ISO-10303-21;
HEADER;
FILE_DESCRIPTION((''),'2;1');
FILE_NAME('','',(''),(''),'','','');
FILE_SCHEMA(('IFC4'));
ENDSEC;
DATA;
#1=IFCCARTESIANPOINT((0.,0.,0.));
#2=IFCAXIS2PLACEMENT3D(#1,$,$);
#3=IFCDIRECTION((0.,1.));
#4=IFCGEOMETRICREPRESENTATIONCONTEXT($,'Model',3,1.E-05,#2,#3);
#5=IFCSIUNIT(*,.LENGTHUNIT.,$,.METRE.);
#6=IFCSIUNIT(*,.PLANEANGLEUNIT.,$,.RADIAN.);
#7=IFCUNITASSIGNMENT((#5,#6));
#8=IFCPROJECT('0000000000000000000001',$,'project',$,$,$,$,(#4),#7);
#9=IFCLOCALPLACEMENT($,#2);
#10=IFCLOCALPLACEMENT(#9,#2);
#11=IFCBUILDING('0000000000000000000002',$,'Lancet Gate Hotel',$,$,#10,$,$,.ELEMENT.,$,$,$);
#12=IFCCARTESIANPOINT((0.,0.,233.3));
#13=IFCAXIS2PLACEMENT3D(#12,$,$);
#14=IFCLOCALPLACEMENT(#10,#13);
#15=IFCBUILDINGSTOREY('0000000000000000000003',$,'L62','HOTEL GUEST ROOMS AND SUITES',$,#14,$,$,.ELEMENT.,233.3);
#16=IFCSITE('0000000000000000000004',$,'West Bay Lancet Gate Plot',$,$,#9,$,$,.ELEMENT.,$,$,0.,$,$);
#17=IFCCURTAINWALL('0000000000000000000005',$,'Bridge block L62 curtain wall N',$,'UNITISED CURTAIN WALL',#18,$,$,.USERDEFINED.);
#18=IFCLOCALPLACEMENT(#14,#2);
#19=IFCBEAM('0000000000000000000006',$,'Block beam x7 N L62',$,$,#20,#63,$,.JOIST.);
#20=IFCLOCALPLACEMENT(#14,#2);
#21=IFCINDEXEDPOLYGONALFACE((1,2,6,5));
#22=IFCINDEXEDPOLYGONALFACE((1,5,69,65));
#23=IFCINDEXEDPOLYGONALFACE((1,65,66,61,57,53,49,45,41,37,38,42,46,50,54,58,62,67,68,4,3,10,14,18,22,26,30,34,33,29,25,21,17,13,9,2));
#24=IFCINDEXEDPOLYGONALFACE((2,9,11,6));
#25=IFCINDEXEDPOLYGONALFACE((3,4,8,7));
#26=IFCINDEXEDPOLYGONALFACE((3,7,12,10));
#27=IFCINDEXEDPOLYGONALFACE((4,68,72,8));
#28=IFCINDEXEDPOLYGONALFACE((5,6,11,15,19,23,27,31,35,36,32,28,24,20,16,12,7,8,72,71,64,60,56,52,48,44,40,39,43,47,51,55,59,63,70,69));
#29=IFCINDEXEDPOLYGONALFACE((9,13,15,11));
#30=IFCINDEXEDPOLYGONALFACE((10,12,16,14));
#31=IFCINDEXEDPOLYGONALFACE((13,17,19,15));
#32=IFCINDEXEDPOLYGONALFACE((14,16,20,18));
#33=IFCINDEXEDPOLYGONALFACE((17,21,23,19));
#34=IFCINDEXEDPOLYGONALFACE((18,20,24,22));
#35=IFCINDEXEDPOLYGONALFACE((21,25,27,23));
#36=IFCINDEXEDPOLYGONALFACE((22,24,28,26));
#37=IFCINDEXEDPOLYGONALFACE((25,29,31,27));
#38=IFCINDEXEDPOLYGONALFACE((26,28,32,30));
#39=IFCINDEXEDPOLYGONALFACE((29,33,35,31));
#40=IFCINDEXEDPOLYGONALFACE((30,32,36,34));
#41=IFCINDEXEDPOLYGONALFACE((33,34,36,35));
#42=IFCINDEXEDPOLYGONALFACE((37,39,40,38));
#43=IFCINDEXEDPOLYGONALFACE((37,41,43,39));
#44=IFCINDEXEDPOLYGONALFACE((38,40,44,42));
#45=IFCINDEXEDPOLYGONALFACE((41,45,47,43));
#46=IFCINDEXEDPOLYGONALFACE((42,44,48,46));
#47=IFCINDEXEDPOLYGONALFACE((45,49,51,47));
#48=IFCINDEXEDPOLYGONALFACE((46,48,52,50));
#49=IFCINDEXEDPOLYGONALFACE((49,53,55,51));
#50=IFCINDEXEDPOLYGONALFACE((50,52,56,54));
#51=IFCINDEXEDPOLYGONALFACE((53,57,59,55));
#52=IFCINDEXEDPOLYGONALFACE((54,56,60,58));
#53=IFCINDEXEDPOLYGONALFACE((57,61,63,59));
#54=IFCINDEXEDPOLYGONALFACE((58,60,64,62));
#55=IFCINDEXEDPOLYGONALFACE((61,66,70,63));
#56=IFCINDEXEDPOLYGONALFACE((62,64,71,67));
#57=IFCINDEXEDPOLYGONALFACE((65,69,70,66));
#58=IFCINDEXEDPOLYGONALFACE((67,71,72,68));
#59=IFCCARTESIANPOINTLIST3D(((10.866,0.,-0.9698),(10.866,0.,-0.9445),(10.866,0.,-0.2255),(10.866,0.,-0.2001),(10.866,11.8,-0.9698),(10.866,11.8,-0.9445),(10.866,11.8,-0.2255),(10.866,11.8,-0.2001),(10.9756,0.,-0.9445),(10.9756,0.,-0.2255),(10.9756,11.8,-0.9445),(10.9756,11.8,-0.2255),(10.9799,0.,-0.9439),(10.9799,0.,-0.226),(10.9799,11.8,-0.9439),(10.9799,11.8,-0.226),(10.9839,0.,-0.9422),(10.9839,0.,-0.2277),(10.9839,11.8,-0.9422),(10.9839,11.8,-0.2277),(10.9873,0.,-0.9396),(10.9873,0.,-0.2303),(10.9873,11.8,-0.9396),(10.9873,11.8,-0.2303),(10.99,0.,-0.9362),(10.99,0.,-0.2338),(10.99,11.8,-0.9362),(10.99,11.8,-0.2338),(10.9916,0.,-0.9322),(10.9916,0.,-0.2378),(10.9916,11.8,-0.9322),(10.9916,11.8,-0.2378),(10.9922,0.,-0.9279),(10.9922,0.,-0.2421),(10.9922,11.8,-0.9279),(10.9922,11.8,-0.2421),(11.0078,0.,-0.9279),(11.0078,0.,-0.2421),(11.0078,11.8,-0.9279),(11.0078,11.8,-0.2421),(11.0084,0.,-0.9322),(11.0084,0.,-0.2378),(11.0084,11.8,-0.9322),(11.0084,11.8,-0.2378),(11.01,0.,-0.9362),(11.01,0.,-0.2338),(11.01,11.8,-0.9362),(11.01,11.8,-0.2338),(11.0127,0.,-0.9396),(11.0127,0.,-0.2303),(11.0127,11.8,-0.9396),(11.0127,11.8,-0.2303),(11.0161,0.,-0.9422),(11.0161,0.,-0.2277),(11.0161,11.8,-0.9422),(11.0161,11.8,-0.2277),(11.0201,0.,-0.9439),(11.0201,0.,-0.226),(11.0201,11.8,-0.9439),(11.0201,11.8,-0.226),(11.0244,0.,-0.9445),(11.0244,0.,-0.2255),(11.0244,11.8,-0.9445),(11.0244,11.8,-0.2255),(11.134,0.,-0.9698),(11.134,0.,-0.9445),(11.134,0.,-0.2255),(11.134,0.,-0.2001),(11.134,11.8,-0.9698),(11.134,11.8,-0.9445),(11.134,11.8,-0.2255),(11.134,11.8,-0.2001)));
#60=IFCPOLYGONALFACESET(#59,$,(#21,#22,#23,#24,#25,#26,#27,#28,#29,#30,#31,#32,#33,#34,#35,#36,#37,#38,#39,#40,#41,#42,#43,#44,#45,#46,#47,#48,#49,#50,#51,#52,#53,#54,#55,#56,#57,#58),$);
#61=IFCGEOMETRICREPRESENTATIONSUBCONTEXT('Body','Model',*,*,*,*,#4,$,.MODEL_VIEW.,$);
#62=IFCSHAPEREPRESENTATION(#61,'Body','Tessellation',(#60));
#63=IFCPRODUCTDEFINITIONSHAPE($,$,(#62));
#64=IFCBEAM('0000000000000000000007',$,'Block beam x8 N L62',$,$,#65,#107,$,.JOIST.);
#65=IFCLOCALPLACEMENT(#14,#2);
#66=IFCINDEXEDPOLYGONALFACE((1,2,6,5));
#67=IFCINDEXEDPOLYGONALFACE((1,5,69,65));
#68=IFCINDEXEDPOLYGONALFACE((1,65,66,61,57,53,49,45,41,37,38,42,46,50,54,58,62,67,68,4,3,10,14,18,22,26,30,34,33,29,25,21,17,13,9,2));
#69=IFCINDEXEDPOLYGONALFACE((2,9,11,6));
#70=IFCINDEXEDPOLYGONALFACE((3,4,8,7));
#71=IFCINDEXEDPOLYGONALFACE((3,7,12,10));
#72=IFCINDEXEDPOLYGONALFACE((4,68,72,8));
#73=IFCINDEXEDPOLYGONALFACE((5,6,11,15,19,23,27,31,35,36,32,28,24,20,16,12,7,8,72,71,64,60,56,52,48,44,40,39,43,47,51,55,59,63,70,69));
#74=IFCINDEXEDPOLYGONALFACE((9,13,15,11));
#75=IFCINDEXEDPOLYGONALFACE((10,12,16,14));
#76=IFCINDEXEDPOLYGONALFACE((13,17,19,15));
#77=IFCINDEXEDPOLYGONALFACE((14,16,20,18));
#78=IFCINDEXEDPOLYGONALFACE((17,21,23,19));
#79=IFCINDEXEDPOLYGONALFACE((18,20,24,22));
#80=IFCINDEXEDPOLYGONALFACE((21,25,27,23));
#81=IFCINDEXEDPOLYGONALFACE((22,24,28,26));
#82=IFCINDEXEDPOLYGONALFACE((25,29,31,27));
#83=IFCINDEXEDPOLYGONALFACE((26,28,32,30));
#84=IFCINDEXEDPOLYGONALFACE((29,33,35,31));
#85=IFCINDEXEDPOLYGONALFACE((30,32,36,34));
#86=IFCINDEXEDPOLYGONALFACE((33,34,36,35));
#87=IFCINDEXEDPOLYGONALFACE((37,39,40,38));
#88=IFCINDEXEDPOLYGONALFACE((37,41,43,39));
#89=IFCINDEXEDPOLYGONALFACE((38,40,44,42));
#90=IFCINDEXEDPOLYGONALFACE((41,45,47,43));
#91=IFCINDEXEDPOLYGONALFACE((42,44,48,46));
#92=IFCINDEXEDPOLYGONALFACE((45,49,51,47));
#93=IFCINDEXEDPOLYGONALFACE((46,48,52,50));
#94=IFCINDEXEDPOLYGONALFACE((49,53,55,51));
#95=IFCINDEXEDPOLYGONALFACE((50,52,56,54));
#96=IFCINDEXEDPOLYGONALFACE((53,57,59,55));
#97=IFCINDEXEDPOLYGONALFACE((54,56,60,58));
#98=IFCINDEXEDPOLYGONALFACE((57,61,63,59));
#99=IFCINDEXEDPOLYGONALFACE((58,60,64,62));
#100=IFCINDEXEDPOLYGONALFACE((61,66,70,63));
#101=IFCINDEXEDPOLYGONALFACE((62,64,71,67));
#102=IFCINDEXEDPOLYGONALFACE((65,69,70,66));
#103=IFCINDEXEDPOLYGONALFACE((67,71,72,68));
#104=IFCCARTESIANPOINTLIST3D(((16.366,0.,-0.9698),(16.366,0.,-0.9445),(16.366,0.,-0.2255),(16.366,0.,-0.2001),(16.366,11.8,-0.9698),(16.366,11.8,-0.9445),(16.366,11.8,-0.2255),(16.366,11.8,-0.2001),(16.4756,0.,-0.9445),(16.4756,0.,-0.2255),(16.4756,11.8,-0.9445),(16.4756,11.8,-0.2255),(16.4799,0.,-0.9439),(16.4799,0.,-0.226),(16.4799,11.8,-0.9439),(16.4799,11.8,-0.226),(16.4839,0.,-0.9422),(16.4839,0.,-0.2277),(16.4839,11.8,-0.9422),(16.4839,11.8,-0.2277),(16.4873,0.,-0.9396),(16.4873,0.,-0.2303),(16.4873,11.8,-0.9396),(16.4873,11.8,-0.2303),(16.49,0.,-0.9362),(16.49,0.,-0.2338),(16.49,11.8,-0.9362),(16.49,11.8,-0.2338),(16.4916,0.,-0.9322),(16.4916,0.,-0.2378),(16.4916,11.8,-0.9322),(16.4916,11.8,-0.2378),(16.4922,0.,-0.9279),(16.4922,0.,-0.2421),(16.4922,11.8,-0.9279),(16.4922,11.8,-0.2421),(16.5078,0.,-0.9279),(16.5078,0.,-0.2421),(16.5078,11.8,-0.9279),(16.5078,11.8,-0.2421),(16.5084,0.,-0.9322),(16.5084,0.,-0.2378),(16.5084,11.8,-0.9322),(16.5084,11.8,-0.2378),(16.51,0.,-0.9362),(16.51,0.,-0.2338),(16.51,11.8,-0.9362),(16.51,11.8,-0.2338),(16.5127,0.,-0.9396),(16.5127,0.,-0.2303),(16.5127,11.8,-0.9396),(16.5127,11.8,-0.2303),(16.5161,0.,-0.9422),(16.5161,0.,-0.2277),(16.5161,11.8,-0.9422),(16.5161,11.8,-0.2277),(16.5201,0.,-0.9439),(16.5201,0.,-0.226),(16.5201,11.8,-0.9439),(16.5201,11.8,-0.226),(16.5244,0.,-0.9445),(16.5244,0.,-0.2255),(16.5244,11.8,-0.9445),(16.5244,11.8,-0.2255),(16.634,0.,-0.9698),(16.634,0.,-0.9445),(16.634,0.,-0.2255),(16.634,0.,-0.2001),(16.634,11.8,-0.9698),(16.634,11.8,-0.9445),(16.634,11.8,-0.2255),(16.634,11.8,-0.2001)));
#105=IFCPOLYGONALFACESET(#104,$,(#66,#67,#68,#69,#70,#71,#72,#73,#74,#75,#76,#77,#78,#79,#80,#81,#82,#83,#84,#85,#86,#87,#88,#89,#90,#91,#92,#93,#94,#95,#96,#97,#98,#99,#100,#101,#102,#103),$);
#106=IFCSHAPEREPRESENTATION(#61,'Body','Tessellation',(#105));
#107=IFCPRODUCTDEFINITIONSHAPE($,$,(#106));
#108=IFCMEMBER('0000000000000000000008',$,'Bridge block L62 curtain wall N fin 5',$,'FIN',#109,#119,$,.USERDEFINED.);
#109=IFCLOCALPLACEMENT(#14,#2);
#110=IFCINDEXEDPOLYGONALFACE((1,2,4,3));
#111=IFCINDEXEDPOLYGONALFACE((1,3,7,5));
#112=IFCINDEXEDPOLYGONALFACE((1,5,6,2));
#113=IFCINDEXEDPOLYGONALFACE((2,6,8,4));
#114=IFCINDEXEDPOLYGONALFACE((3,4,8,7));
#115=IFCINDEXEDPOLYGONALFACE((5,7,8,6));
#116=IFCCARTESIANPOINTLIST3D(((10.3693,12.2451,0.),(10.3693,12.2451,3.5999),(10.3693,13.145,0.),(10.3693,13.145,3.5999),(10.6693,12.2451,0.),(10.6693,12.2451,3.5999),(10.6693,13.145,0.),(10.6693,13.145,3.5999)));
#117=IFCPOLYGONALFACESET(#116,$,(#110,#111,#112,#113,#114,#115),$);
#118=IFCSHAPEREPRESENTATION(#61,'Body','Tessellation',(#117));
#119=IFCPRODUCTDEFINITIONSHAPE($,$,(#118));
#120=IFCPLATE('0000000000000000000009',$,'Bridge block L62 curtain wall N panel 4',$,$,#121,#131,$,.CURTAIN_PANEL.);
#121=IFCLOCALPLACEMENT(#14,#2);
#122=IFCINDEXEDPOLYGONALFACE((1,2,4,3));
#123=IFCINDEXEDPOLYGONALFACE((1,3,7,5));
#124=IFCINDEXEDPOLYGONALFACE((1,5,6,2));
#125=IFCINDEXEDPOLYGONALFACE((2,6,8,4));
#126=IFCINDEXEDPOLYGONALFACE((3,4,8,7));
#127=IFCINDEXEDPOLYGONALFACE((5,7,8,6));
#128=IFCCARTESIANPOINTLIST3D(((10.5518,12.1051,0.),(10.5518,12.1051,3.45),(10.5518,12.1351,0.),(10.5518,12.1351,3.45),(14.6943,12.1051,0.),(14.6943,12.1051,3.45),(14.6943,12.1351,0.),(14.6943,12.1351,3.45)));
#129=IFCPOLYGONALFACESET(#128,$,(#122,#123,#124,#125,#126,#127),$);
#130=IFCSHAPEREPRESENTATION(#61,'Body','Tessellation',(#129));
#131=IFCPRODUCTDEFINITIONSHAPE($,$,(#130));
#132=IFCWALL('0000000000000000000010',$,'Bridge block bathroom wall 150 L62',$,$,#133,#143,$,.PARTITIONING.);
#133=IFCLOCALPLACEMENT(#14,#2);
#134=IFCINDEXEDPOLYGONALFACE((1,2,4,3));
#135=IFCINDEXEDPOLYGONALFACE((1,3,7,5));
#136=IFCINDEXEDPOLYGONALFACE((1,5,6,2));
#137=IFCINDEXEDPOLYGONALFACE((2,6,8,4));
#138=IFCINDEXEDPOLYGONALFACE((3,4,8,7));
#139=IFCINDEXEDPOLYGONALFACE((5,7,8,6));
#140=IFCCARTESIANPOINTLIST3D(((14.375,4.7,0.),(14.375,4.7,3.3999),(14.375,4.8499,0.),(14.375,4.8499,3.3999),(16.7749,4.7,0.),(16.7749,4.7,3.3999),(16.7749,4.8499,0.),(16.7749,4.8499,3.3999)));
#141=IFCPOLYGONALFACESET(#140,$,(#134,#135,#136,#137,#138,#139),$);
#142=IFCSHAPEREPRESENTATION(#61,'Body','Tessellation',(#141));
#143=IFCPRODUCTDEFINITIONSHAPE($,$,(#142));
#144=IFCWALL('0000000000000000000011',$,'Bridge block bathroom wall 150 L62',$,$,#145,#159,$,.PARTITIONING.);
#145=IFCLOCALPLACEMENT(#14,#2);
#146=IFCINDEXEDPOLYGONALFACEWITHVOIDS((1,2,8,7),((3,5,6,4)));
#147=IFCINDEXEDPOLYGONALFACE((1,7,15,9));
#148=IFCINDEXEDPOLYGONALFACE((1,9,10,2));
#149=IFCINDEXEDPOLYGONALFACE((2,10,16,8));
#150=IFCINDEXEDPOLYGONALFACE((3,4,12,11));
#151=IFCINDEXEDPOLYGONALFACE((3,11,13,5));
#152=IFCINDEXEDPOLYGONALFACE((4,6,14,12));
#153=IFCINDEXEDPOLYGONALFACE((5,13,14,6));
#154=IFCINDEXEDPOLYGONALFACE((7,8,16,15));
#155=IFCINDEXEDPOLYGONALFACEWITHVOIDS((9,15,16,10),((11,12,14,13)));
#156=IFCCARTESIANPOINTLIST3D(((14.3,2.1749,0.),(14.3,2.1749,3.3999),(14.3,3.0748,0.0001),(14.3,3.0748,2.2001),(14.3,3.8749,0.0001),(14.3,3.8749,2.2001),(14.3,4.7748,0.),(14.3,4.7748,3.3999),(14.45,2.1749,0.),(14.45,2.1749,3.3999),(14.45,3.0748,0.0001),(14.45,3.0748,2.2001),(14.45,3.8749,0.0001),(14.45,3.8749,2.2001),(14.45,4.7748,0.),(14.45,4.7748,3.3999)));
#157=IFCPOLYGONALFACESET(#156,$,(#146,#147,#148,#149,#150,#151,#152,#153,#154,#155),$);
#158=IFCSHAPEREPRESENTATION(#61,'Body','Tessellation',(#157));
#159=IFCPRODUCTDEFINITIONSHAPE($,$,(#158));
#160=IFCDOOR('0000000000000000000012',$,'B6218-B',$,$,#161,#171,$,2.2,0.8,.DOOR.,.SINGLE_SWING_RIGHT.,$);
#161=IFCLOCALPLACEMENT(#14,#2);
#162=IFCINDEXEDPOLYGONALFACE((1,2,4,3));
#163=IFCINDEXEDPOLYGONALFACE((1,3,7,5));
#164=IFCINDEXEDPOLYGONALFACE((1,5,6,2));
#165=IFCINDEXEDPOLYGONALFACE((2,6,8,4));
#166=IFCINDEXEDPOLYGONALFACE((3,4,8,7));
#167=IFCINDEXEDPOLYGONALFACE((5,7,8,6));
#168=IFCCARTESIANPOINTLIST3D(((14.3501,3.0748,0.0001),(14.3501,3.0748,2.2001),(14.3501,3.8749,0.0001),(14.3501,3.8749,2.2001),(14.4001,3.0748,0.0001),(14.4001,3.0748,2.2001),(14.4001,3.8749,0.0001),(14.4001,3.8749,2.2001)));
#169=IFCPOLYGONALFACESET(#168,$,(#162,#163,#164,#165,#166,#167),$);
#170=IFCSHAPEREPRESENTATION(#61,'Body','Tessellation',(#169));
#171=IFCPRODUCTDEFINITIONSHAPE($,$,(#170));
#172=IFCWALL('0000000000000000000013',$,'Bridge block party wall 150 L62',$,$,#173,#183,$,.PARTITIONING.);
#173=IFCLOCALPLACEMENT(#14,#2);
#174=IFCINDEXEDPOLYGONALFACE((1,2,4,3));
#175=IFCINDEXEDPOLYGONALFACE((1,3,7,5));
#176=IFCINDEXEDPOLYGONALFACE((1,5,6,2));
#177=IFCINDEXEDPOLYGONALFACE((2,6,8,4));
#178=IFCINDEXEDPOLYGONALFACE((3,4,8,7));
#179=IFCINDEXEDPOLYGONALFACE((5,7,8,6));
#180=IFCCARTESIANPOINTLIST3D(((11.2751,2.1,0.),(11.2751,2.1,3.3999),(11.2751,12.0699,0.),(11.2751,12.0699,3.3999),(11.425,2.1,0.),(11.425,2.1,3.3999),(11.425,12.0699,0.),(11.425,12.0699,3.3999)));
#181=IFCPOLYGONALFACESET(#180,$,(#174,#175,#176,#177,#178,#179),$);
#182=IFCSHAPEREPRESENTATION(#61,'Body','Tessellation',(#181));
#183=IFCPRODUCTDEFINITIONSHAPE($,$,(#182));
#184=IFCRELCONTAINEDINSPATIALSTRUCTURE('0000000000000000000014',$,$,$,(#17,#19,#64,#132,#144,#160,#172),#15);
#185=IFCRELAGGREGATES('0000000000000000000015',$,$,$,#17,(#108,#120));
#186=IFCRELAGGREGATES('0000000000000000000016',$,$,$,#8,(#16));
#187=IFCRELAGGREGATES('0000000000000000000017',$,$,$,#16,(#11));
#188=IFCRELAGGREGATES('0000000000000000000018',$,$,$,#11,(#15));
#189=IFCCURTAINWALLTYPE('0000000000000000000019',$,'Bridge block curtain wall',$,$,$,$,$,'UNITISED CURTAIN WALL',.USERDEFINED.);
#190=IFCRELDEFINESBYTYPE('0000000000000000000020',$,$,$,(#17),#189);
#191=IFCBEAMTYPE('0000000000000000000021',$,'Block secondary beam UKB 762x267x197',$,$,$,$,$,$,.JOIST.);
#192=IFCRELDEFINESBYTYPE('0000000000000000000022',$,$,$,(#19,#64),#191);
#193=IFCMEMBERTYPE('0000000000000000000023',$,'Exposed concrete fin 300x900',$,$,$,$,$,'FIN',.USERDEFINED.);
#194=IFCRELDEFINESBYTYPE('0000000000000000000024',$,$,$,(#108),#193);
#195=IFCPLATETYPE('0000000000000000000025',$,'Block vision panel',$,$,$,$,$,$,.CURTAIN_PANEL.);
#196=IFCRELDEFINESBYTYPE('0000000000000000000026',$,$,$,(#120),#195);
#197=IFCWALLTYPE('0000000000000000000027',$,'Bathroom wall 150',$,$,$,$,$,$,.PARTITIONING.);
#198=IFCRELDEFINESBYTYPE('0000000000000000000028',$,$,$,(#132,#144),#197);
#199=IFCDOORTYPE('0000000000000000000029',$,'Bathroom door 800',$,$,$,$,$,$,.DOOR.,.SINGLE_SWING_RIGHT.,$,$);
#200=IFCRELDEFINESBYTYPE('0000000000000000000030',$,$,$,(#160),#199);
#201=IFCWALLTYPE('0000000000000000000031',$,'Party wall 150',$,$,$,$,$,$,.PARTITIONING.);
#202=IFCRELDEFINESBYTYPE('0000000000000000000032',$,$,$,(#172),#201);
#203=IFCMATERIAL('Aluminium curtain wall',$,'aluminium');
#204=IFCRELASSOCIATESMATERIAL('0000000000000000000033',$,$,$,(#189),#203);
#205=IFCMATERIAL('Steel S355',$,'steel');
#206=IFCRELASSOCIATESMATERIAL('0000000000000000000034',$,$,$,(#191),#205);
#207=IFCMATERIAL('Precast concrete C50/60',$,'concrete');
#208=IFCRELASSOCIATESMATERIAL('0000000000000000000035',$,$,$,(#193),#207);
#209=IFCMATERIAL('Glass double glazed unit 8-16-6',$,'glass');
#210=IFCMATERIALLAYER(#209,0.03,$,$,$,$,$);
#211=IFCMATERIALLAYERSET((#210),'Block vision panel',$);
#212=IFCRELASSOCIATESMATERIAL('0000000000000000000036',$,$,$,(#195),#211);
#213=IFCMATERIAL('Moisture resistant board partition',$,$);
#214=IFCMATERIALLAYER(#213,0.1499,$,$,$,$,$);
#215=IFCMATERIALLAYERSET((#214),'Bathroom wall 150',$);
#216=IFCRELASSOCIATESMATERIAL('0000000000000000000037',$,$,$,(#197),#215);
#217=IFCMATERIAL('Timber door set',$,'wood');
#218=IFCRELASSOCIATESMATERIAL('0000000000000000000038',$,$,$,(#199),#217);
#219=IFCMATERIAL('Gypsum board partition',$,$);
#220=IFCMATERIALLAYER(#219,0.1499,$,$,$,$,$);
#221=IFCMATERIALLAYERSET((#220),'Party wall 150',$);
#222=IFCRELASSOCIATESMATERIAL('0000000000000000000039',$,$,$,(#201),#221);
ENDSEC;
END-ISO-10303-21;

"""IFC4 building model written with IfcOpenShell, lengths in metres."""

from ifc_helpers import new_model, si_unit, direction, frame, frame_2d, origin, origin_2d, place, context, subcontext, project, spatial, rectangle, i_section, extrude, material, layer, layer_set, material_profile, profile_set, type_object, element, fill, aggregate, save


model = new_model("IFC4")

# Units and contexts
model_context = context("Model", 3, precision=1e-05, world=origin(), true_north=direction((0.0, 1.0)))
body_context = subcontext(model_context, "Body", "Model", "MODEL_VIEW")
ifc_project = project(units=[si_unit("LENGTHUNIT", "METRE"), si_unit("PLANEANGLEUNIT", "RADIAN")], contexts=[model_context])

# Site, building, storey
site_placement = place(None, origin())
site = spatial("IfcSite", under=ifc_project, at=site_placement, Name="West Bay Lancet Gate Plot", CompositionType="ELEMENT", RefElevation=0.0)
building_placement = place(site_placement, origin())
building = spatial("IfcBuilding", under=site, at=building_placement, Name="Lancet Gate Hotel", CompositionType="ELEMENT")
storey_placement = place(building_placement, frame((0.0, 0.0, 233.3)))
storey = spatial("IfcBuildingStorey", under=building, at=storey_placement, Name="L62", Description="HOTEL GUEST ROOMS AND SUITES", CompositionType="ELEMENT", Elevation=233.3)

# Curtain wall
ifc_material_1 = material(Name="Aluminium curtain wall", Category="aluminium")
curtain_wall_type = type_object("IfcCurtainWallType", Name="Bridge block curtain wall", ElementType="UNITISED CURTAIN WALL", PredefinedType="USERDEFINED", material=ifc_material_1)
curtain_wall_placement = place(storey_placement, origin())
curtain_wall = element("IfcCurtainWall", 1, at=curtain_wall_placement, inside=storey, type_object=curtain_wall_type, Name="Bridge block L62 curtain wall N", ObjectType="UNITISED CURTAIN WALL", PredefinedType="USERDEFINED")

# Beams
ifc_material_2 = material(Name="Steel S355", Category="steel")
ifc_material_profile_1 = material_profile(ifc_material_2, i_section(OverallWidth=0.2681, OverallDepth=0.7698, WebThickness=0.0156, FlangeThickness=0.0254, FilletRadius=0.0166, at=origin_2d()), Name="UKB 762x267x197")
ifc_profile_set_1 = profile_set([ifc_material_profile_1], Name="Steel S355")
beam_type_1 = type_object("IfcBeamType", Name="Block secondary beam UKB 762x267x197", PredefinedType="JOIST", material=ifc_profile_set_1)
for number, where, z_axis, x_axis, name in (
    (2, (11.0, 0.0, -0.585), (0.0, 1.0, 0.0), (-1.0, 0.0, 0.0), "Block beam x7 N L62"),
    (3, (16.5, 0.0, -0.585), (0.0, 1.0, 0.0), (-1.0, 0.0, 0.0), "Block beam x8 N L62"),
):
    element("IfcBeam", number, at=place(storey_placement, frame(where, z_axis=z_axis, x_axis=x_axis)), inside=storey, type_object=beam_type_1, Name=name, PredefinedType="JOIST", context=body_context, shape_type="SweptSolid", body=[
        extrude(i_section(OverallWidth=0.2681, OverallDepth=0.7698, WebThickness=0.0156, FlangeThickness=0.0254, FilletRadius=0.0166, at=origin_2d()), origin(), (0.0, 0.0, 1.0), 11.8),
    ])

# Member
ifc_material_3 = material(Name="Precast concrete C50/60", Category="concrete")
ifc_material_profile_2 = material_profile(ifc_material_3, rectangle(XDim=0.3, YDim=0.8999, at=origin_2d()), Name="FIN 300x900")
ifc_profile_set_2 = profile_set([ifc_material_profile_2], Name="Precast concrete C50/60")
member_type_1 = type_object("IfcMemberType", Name="Exposed concrete fin 300x900", ElementType="FIN", PredefinedType="USERDEFINED", material=ifc_profile_set_2)
member_1_placement = place(storey_placement, frame((10.5193, 12.6951, 0.0), z_axis=(0.0, 0.0, 1.0), x_axis=(-1.0, 0.0, 0.0)))
member_1 = element("IfcMember", 4, at=member_1_placement, type_object=member_type_1, Name="Bridge block L62 curtain wall N fin 5", ObjectType="FIN", PredefinedType="USERDEFINED", context=body_context, shape_type="SweptSolid", body=[
    extrude(rectangle(XDim=0.3, YDim=0.8999, at=origin_2d()), origin(), (0.0, 0.0, 1.0), 3.5999),
])

# Plate
ifc_material_4 = material(Name="Glass double glazed unit 8-16-6", Category="glass")
ifc_layer_1 = layer(ifc_material_4, 0.03)
ifc_layer_set_1 = layer_set([ifc_layer_1], Name="Block vision panel")
plate_type = type_object("IfcPlateType", Name="Block vision panel", PredefinedType="CURTAIN_PANEL", material=ifc_layer_set_1)
plate_placement = place(storey_placement, frame((12.623, 12.1201, 0.0), z_axis=(0.0, 0.0, 1.0), x_axis=(-1.0, 0.0, 0.0)))
plate = element("IfcPlate", 5, at=plate_placement, type_object=plate_type, Name="Bridge block L62 curtain wall N panel 4", PredefinedType="CURTAIN_PANEL", context=body_context, shape_type="SweptSolid", body=[
    extrude(rectangle(XDim=4.1426, YDim=0.03, at=origin_2d()), origin(), (0.0, 0.0, 1.0), 3.45),
])
aggregate(curtain_wall, [member_1, plate])

# Wall
ifc_material_5 = material(Name="Moisture resistant board partition")
ifc_layer_2 = layer(ifc_material_5, 0.1499)
ifc_layer_set_2 = layer_set([ifc_layer_2], Name="Bathroom wall 150")
wall_type_1 = type_object("IfcWallType", Name="Bathroom wall 150", PredefinedType="PARTITIONING", material=ifc_layer_set_2)
wall_1_placement = place(storey_placement, frame((14.375, 4.7749, 0.0), z_axis=(0.0, 0.0, 1.0), x_axis=(1.0, 0.0, 0.0)))
element("IfcWall", 6, at=wall_1_placement, inside=storey, type_object=wall_type_1, Name="Bridge block bathroom wall 150 L62", PredefinedType="PARTITIONING", context=body_context, shape_type="SweptSolid", body=[
    extrude(rectangle(XDim=2.3999, YDim=0.1499, at=frame_2d((1.2, 0.0))), origin(), (0.0, 0.0, 1.0), 3.3999),
])

# Wall, opening, door
wall_2_placement = place(storey_placement, frame((14.375, 2.175, 0.0), z_axis=(0.0, 0.0, 1.0), x_axis=(0.0, 1.0, 0.0)))
wall_2 = element("IfcWall", 7, at=wall_2_placement, inside=storey, type_object=wall_type_1, Name="Bridge block bathroom wall 150 L62", PredefinedType="PARTITIONING", context=body_context, shape_type="SweptSolid", body=[
    extrude(rectangle(XDim=2.5999, YDim=0.1499, at=frame_2d((1.2998, 0.0))), origin(), (0.0, 0.0, 1.0), 3.3999),
])
opening_placement = place(wall_2_placement, frame((0.8999, 0.0, 0.0)))
opening = element("IfcOpeningElement", 8, at=opening_placement, cuts=wall_2, PredefinedType="OPENING", context=body_context, shape_type="SweptSolid", body=[
    extrude(rectangle(XDim=0.8, YDim=2.2, at=frame_2d((0.3999, 1.1001))), frame((0.0, 0.085, 0.0), z_axis=(0.0, -1.0, 0.0), x_axis=(1.0, 0.0, 0.0)), (0.0, 0.0, 1.0), 0.1699),
])
ifc_material_6 = material(Name="Timber door set", Category="wood")
door_type = type_object("IfcDoorType", Name="Bathroom door 800", OperationType="SINGLE_SWING_RIGHT", PredefinedType="DOOR", material=ifc_material_6)
door_placement = place(opening_placement, origin())
door = element("IfcDoor", 9, at=door_placement, inside=storey, type_object=door_type, Name="B6218-B", OperationType="SINGLE_SWING_RIGHT", OverallHeight=2.2, OverallWidth=0.8, PredefinedType="DOOR", context=body_context, shape_type="SweptSolid", body=[
    extrude(rectangle(XDim=0.8, YDim=2.2, at=frame_2d((0.3999, 1.1001))), frame((0.0, 0.0249, 0.0), z_axis=(0.0, -1.0, 0.0), x_axis=(1.0, 0.0, 0.0)), (0.0, 0.0, 1.0), 0.05),
])
fill(opening, door)

# Wall
ifc_material_7 = material(Name="Gypsum board partition")
ifc_layer_3 = layer(ifc_material_7, 0.1499)
ifc_layer_set_3 = layer_set([ifc_layer_3], Name="Party wall 150")
wall_type_2 = type_object("IfcWallType", Name="Party wall 150", PredefinedType="PARTITIONING", material=ifc_layer_set_3)
wall_3_placement = place(storey_placement, frame((11.3501, 2.1001, 0.0), z_axis=(0.0, 0.0, 1.0), x_axis=(0.0, 1.0, 0.0)))
element("IfcWall", 10, at=wall_3_placement, inside=storey, type_object=wall_type_2, Name="Bridge block party wall 150 L62", PredefinedType="PARTITIONING", context=body_context, shape_type="SweptSolid", body=[
    extrude(rectangle(XDim=9.97, YDim=0.1499, at=frame_2d((4.9849, 0.0))), origin(), (0.0, 0.0, 1.0), 3.3999),
])

save(model, "model.ifc")
